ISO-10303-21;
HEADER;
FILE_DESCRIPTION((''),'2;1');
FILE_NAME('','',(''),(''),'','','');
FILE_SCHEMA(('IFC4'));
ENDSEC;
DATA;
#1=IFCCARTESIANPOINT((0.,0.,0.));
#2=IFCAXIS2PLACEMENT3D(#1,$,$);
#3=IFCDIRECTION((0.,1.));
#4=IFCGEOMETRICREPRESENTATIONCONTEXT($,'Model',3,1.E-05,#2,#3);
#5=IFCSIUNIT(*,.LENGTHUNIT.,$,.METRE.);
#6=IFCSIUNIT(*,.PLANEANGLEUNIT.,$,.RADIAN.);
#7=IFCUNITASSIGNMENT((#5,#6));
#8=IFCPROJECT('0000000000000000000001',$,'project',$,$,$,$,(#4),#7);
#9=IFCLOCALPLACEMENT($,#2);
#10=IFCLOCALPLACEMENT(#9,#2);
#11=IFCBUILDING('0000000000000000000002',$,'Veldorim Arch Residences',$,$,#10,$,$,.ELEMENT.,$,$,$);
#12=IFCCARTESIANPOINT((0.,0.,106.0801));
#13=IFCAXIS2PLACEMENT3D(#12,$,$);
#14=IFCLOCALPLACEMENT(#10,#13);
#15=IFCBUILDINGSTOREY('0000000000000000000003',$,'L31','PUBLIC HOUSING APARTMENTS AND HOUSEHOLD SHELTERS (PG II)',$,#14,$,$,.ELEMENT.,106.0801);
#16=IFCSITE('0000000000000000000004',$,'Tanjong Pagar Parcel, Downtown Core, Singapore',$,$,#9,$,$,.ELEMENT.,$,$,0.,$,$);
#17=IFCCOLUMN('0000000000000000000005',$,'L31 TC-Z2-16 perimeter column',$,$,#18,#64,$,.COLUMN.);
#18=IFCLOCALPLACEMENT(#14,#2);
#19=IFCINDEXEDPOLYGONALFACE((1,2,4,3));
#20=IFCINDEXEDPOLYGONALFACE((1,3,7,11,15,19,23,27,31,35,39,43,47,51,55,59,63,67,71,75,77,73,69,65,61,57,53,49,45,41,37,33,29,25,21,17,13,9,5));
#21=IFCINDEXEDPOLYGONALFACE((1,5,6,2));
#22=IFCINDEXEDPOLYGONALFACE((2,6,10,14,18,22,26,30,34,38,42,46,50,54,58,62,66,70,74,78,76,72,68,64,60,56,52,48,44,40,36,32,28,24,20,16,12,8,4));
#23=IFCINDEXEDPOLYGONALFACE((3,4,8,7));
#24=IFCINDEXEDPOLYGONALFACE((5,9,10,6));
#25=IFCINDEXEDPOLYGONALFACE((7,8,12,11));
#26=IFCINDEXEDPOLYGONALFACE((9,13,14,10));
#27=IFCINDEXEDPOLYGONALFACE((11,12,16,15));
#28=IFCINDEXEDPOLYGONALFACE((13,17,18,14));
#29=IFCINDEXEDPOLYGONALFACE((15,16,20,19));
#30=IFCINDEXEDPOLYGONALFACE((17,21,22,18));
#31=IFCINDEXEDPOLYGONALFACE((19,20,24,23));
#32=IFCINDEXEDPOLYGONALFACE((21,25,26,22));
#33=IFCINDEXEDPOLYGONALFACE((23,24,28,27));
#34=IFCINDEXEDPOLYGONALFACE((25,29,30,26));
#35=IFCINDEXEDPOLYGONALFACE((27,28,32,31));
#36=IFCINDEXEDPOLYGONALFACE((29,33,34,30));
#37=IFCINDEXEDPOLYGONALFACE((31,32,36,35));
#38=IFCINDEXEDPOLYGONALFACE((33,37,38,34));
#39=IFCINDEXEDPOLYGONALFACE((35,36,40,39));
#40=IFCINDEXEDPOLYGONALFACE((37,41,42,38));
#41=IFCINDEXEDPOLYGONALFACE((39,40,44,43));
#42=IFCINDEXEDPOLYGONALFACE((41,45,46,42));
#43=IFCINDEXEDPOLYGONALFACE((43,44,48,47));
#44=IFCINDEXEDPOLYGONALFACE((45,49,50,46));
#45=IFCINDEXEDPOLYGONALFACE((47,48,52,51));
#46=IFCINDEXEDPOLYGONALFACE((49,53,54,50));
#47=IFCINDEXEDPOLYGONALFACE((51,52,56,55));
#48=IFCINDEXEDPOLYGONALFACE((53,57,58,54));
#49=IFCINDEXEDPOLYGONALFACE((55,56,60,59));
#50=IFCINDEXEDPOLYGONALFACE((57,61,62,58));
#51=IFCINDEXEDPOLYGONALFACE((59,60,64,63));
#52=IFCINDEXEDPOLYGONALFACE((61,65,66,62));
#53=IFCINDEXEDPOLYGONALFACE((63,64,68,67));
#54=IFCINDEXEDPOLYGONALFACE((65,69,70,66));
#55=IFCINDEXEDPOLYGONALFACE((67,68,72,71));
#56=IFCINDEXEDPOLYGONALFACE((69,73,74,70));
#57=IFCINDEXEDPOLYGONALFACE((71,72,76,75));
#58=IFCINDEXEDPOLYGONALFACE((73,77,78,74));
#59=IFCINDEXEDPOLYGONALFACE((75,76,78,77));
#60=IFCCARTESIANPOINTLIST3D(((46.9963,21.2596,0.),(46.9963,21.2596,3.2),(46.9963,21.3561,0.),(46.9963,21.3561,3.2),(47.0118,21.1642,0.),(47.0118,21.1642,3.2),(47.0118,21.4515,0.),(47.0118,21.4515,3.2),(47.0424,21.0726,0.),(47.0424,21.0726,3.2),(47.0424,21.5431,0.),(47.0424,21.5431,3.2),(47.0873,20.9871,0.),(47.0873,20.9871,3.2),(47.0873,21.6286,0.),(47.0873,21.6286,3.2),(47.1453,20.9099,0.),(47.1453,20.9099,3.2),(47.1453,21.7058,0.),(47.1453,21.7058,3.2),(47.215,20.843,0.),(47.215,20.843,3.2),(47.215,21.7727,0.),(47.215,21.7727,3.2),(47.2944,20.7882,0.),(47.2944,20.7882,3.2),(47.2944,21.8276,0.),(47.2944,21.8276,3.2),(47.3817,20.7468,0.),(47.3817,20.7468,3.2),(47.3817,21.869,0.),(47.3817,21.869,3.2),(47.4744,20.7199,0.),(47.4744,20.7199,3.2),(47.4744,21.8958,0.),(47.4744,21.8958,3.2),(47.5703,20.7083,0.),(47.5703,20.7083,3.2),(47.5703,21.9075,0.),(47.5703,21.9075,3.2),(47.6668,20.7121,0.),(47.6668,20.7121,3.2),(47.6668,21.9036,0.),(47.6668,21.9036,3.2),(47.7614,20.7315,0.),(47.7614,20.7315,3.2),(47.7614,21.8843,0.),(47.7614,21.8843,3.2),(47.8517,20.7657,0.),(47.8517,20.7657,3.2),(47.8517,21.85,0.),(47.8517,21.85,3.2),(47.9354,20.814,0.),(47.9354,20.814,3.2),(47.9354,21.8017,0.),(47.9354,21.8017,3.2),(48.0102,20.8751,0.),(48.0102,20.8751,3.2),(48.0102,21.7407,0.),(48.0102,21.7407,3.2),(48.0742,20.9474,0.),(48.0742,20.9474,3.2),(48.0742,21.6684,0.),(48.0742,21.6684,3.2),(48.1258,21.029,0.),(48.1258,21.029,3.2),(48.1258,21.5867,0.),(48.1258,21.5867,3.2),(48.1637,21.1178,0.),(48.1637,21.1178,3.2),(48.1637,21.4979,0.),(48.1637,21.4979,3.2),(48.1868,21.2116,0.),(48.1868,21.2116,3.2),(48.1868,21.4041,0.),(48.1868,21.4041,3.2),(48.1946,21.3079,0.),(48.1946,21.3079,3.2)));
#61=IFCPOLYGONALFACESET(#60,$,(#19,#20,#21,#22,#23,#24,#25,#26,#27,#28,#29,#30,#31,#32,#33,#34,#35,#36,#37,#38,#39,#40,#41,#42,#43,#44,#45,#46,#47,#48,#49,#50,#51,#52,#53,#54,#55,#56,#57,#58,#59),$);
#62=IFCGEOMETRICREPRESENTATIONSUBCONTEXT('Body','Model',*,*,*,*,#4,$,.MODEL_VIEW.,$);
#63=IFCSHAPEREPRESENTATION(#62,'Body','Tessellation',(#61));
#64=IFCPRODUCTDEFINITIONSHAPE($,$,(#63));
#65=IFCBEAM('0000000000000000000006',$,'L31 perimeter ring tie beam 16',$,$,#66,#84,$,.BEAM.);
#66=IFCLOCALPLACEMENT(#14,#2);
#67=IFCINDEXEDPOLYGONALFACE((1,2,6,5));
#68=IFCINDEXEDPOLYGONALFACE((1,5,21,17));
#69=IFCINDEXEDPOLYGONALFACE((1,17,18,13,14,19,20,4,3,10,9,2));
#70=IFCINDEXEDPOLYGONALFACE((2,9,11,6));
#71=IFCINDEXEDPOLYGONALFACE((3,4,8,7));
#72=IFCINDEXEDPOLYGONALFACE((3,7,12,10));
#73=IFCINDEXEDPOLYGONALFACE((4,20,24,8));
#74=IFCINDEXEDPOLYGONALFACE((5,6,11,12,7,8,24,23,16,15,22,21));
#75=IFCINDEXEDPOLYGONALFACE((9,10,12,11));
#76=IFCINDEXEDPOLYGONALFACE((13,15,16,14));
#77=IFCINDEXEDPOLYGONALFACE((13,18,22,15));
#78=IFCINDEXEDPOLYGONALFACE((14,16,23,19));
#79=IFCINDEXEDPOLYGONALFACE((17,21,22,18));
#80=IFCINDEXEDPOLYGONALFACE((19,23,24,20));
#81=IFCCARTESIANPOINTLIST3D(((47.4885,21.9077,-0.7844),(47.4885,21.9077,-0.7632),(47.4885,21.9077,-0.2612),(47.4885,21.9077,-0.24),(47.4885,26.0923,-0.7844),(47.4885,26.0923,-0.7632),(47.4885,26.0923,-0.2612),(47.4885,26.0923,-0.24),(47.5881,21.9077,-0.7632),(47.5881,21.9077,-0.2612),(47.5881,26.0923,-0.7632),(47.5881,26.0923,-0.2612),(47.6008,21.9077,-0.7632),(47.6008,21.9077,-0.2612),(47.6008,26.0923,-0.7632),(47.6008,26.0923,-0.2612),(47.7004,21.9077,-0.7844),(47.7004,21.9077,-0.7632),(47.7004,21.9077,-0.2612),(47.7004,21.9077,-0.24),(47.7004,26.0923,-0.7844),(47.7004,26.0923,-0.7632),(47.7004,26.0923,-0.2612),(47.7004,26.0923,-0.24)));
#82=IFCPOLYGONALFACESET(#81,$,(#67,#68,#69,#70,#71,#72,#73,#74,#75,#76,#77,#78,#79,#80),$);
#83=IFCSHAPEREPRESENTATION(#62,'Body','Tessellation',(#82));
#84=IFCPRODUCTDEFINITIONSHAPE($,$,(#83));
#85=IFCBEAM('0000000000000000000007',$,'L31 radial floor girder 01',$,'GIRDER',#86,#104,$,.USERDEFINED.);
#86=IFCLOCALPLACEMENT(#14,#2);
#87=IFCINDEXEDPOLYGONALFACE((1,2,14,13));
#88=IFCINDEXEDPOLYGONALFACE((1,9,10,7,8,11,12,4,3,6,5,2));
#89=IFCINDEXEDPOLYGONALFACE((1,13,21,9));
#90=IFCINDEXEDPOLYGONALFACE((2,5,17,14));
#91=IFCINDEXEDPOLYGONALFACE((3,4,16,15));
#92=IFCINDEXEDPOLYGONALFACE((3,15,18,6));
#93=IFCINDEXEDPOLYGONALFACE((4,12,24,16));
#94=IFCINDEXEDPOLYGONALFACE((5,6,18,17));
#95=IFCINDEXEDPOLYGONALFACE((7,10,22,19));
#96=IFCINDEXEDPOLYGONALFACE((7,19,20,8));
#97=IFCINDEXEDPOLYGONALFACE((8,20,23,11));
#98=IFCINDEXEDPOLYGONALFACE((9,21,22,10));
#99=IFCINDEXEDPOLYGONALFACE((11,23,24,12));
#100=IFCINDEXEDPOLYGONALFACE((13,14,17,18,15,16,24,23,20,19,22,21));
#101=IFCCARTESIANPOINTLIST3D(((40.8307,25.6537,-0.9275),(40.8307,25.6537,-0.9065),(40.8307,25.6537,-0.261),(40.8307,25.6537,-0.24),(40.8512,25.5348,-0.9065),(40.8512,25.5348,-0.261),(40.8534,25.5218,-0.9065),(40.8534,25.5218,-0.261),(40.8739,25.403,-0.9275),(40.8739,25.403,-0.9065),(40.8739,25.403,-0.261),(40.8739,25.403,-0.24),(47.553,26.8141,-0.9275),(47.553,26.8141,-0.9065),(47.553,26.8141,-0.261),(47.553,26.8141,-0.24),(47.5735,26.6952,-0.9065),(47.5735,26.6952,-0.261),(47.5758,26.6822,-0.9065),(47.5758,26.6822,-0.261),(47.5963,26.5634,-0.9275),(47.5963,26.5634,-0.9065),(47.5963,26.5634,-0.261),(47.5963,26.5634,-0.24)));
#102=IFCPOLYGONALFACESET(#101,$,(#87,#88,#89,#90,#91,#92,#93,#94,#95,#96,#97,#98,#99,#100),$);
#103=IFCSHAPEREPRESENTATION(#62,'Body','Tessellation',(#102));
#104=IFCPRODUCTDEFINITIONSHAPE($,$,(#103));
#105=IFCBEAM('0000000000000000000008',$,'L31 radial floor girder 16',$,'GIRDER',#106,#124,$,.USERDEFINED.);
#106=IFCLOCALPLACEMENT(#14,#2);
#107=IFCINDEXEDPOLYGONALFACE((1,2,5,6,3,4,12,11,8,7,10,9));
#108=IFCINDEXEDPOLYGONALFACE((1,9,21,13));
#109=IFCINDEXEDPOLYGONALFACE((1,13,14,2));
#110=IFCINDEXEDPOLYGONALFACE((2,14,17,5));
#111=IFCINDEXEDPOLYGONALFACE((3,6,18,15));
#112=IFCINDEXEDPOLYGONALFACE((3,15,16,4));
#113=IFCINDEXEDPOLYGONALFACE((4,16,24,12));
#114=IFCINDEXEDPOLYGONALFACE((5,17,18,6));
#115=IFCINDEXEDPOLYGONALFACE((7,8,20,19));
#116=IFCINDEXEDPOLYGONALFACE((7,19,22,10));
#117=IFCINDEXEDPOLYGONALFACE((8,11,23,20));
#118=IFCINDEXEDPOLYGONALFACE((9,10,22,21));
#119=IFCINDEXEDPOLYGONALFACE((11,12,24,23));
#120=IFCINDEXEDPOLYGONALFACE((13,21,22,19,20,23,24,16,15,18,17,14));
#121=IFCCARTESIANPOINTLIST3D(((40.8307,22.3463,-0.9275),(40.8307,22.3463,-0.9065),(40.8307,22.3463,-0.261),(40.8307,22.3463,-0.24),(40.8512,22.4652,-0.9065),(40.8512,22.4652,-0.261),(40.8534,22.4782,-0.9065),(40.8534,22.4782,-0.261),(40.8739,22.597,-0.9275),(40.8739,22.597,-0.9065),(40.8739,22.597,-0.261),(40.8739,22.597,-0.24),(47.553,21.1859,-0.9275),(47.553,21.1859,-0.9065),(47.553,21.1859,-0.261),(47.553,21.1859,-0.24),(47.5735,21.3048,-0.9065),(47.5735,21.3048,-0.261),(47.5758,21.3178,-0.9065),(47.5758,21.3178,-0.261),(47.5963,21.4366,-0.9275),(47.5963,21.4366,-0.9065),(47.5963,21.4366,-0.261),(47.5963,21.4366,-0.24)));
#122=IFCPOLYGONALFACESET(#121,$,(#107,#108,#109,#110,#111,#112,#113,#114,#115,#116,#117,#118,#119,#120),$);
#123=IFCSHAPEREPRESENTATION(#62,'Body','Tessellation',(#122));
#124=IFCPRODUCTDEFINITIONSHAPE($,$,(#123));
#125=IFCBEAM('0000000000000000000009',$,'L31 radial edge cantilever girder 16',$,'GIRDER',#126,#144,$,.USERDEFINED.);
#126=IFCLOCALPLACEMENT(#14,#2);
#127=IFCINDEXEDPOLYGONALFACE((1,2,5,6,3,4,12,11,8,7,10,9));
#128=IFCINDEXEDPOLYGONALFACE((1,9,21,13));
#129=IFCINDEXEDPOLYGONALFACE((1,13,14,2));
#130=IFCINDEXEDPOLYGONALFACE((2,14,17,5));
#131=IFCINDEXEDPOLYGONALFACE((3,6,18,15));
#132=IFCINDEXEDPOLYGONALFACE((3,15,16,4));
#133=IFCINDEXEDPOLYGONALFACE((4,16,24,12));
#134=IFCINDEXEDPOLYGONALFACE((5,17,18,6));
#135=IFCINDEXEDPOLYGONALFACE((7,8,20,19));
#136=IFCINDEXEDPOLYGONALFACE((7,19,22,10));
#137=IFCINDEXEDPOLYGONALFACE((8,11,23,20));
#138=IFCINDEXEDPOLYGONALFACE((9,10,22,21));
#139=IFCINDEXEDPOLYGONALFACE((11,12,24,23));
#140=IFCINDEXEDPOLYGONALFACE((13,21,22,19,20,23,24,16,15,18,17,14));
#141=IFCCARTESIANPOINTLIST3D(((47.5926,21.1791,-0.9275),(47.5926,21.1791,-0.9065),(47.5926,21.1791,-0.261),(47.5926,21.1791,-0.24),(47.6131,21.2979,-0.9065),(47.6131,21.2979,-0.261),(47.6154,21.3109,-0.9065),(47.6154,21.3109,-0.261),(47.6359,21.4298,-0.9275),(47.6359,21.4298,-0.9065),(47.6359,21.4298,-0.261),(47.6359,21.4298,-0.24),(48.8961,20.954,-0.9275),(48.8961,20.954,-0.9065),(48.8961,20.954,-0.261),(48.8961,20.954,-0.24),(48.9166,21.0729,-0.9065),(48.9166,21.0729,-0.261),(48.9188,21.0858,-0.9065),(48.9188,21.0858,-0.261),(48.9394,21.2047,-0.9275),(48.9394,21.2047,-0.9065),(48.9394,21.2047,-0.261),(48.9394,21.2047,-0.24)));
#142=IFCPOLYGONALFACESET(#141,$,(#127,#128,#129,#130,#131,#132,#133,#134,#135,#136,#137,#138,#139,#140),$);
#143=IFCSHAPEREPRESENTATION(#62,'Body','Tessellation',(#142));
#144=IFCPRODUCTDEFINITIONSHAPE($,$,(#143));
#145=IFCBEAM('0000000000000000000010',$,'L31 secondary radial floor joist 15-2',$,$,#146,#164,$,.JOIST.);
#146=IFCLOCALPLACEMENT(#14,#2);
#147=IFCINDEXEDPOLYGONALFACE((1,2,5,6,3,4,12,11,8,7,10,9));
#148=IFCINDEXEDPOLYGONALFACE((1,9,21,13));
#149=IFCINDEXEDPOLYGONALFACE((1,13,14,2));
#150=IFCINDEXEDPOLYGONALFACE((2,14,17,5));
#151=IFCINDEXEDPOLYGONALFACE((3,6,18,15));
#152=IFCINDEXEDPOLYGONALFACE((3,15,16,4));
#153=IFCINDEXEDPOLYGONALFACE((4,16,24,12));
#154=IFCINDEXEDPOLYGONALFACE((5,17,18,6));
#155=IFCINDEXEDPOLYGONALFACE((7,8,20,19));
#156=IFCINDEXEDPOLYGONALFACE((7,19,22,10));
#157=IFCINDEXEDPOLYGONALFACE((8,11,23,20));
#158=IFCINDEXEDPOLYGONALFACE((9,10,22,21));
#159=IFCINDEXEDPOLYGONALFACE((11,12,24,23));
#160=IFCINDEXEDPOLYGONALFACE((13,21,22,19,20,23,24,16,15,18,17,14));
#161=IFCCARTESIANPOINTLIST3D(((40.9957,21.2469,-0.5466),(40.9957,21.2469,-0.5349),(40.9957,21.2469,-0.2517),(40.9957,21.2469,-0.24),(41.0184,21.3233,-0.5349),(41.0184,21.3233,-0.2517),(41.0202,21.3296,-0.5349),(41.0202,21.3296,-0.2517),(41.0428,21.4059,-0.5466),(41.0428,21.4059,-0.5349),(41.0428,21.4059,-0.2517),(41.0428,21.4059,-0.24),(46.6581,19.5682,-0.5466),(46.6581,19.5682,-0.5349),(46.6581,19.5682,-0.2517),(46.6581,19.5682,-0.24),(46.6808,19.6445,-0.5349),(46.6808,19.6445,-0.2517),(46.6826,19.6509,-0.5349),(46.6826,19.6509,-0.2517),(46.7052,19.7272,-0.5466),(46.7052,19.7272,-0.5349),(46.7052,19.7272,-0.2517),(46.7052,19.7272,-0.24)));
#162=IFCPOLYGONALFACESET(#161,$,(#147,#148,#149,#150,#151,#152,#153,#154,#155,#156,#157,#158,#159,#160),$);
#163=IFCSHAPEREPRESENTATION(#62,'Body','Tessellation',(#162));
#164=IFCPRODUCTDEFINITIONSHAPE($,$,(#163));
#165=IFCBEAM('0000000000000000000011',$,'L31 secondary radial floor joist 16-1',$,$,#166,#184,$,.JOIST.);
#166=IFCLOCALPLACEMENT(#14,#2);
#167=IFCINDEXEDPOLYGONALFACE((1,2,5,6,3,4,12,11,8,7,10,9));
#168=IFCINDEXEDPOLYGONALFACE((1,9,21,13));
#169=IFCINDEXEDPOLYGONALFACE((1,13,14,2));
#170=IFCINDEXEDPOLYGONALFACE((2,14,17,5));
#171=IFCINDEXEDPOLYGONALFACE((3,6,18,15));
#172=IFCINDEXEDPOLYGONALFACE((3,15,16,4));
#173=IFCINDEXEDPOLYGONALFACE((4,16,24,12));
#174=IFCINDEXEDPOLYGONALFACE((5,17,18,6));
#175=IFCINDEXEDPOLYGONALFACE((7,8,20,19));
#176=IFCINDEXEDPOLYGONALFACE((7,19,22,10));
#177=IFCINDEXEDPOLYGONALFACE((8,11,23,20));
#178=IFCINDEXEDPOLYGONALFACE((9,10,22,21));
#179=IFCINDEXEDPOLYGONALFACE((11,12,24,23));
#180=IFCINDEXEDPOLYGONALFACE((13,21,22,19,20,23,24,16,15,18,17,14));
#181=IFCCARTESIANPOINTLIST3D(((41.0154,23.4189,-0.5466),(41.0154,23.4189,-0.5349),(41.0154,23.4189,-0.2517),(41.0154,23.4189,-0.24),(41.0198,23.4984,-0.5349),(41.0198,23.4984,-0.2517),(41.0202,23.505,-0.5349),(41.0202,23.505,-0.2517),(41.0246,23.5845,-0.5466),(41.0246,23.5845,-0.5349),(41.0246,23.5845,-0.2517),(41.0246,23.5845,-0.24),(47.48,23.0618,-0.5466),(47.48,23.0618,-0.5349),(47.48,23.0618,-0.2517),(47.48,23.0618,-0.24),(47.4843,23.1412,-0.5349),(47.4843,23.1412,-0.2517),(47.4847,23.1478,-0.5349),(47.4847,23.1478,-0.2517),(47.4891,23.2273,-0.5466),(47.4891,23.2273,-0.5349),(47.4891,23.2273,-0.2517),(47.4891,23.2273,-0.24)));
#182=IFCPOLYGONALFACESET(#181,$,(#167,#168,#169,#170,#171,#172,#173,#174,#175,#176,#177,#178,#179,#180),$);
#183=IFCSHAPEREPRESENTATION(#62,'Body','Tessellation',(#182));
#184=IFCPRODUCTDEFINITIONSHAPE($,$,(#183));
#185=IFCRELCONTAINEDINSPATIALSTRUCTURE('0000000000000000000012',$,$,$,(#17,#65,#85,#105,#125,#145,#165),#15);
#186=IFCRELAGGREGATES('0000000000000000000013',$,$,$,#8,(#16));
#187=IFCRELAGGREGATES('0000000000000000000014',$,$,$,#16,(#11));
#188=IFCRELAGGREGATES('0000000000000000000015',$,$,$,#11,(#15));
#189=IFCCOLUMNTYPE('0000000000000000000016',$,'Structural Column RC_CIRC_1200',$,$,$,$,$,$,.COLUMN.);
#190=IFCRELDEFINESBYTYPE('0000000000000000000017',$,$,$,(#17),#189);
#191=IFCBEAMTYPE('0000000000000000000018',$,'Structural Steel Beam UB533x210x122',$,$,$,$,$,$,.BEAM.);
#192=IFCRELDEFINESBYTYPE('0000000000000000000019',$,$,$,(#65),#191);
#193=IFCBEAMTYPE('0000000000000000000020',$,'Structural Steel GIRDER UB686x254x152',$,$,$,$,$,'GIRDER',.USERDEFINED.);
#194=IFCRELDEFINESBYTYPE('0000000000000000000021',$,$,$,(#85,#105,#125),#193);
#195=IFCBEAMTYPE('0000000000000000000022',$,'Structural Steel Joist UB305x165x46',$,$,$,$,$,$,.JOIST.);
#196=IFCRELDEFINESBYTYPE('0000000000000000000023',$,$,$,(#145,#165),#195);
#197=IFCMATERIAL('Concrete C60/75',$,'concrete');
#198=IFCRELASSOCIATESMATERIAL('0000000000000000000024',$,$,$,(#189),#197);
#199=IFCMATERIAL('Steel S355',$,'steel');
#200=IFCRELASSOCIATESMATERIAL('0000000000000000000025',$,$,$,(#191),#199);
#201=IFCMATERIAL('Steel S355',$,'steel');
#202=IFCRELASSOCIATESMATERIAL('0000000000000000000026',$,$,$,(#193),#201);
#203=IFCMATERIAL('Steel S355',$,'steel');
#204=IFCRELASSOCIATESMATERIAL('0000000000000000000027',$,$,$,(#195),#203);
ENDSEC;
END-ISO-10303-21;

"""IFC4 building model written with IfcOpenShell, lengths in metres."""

from ifc_helpers import new_model, si_unit, direction, frame, origin, origin_2d, place, context, subcontext, project, spatial, circle, i_section, extrude, material, material_profile, profile_set, type_object, element, save


model = new_model("IFC4")

# Units and contexts
model_context = context("Model", 3, precision=1e-05, world=origin(), true_north=direction((0.0, 1.0)))
body_context = subcontext(model_context, "Body", "Model", "MODEL_VIEW")
ifc_project = project(units=[si_unit("LENGTHUNIT", "METRE"), si_unit("PLANEANGLEUNIT", "RADIAN")], contexts=[model_context])

# Site, building, storey
site_placement = place(None, origin())
site = spatial("IfcSite", under=ifc_project, at=site_placement, Name="Tanjong Pagar Parcel, Downtown Core, Singapore", CompositionType="ELEMENT", RefElevation=0.0)
building_placement = place(site_placement, origin())
building = spatial("IfcBuilding", under=site, at=building_placement, Name="Veldorim Arch Residences", CompositionType="ELEMENT")
storey_placement = place(building_placement, frame((0.0, 0.0, 106.0801)))
storey = spatial("IfcBuildingStorey", under=building, at=storey_placement, Name="L31", Description="PUBLIC HOUSING APARTMENTS AND HOUSEHOLD SHELTERS (PG II)", CompositionType="ELEMENT", Elevation=106.0801)

# Column
ifc_material_1 = material(Name="Concrete C60/75", Category="concrete")
ifc_material_profile_1 = material_profile(ifc_material_1, circle(Radius=0.6001, at=origin_2d()), Name="RC_CIRC_1200")
ifc_profile_set_1 = profile_set([ifc_material_profile_1], Name="Concrete C60/75")
column_type = type_object("IfcColumnType", Name="Structural Column RC_CIRC_1200", PredefinedType="COLUMN", material=ifc_profile_set_1)
column_placement = place(storey_placement, frame((47.5945, 21.3079, 0.0), z_axis=(0.0, 0.0, 1.0), x_axis=(1.0, 0.0, 0.0)))
element("IfcColumn", 1, at=column_placement, inside=storey, type_object=column_type, Name="L31 TC-Z2-16 perimeter column", PredefinedType="COLUMN", context=body_context, shape_type="SweptSolid", body=[
    extrude(circle(Radius=0.6001, at=origin_2d()), origin(), (0.0, 0.0, 1.0), 3.2),
])

# Beams
ifc_material_2 = material(Name="Steel S355", Category="steel")
ifc_material_profile_2 = material_profile(ifc_material_2, i_section(OverallWidth=0.2119, OverallDepth=0.5444, WebThickness=0.0127, FlangeThickness=0.0212, at=origin_2d()), Name="UB533x210x122")
ifc_profile_set_2 = profile_set([ifc_material_profile_2], Name="Steel S355")
beam_type_1 = type_object("IfcBeamType", Name="Structural Steel Beam UB533x210x122", PredefinedType="BEAM", material=ifc_profile_set_2)
beam_1_placement = place(storey_placement, frame((47.5945, 21.9077, -0.5122), z_axis=(0.0, 1.0, 0.0), x_axis=(-1.0, 0.0, 0.0)))
element("IfcBeam", 2, at=beam_1_placement, inside=storey, type_object=beam_type_1, Name="L31 perimeter ring tie beam 16", PredefinedType="BEAM", context=body_context, shape_type="SweptSolid", body=[
    extrude(i_section(OverallWidth=0.2119, OverallDepth=0.5444, WebThickness=0.0127, FlangeThickness=0.0212, at=origin_2d()), origin(), (0.0, 0.0, 1.0), 4.1846),
])
ifc_material_3 = material(Name="Steel S355", Category="steel")
ifc_material_profile_3 = material_profile(ifc_material_3, i_section(OverallWidth=0.2544, OverallDepth=0.6875, WebThickness=0.0132, FlangeThickness=0.021, at=origin_2d()), Name="UB686x254x152")
ifc_profile_set_3 = profile_set([ifc_material_profile_3], Name="Steel S355")
beam_type_2 = type_object("IfcBeamType", Name="Structural Steel GIRDER UB686x254x152", ElementType="GIRDER", PredefinedType="USERDEFINED", material=ifc_profile_set_3)
for number, where, z_axis, x_axis, name in (
    (3, (40.8523, 25.5283, -0.5837), (0.985427, 0.170101, 0.0), (-0.170101, 0.985427, 0.0), "L31 radial floor girder 01"),
    (4, (40.8523, 22.4717, -0.5837), (0.985427, -0.170101, 0.0), (0.170101, 0.985427, 0.0), "L31 radial floor girder 16"),
):
    element("IfcBeam", number, at=place(storey_placement, frame(where, z_axis=z_axis, x_axis=x_axis)), inside=storey, type_object=beam_type_2, Name=name, ObjectType="GIRDER", PredefinedType="USERDEFINED", context=body_context, shape_type="SweptSolid", body=[
        extrude(i_section(OverallWidth=0.2544, OverallDepth=0.6875, WebThickness=0.0132, FlangeThickness=0.021, at=origin_2d()), origin(), (0.0, 0.0, 1.0), 6.8218),
    ])
beam_2_placement = place(storey_placement, frame((47.6143, 21.3044, -0.5837), z_axis=(0.985414, -0.170173, 0.0), x_axis=(0.170173, 0.985414, 0.0)))
element("IfcBeam", 5, at=beam_2_placement, inside=storey, type_object=beam_type_2, Name="L31 radial edge cantilever girder 16", ObjectType="GIRDER", PredefinedType="USERDEFINED", context=body_context, shape_type="SweptSolid", body=[
    extrude(i_section(OverallWidth=0.2544, OverallDepth=0.6875, WebThickness=0.0132, FlangeThickness=0.021, at=origin_2d()), origin(), (0.0, 0.0, 1.0), 1.3228),
])
ifc_material_4 = material(Name="Steel S355", Category="steel")
ifc_material_profile_4 = material_profile(ifc_material_4, i_section(OverallWidth=0.1658, OverallDepth=0.3066, WebThickness=0.0066, FlangeThickness=0.0117, at=origin_2d()), Name="UB305x165x46")
ifc_profile_set_4 = profile_set([ifc_material_profile_4], Name="Steel S355")
beam_type_3 = type_object("IfcBeamType", Name="Structural Steel Joist UB305x165x46", PredefinedType="JOIST", material=ifc_profile_set_4)
beam_3_placement = place(storey_placement, frame((41.0193, 21.3264, -0.3933), z_axis=(0.958753, -0.28424, 0.0), x_axis=(0.28424, 0.958753, 0.0)))
element("IfcBeam", 6, at=beam_3_placement, inside=storey, type_object=beam_type_3, Name="L31 secondary radial floor joist 15-2", PredefinedType="JOIST", context=body_context, shape_type="SweptSolid", body=[
    extrude(i_section(OverallWidth=0.1658, OverallDepth=0.3066, WebThickness=0.0066, FlangeThickness=0.0117, at=origin_2d()), origin(), (0.0, 0.0, 1.0), 5.906),
])
for number, where, z_axis, x_axis, name in (
    (7, (41.02, 23.5017, -0.3933), (0.998477, -0.055167, 0.0), (0.055167, 0.998477, 0.0), "L31 secondary radial floor joist 16-1"),
):
    element("IfcBeam", number, at=place(storey_placement, frame(where, z_axis=z_axis, x_axis=x_axis)), inside=storey, type_object=beam_type_3, Name=name, PredefinedType="JOIST", context=body_context, shape_type="SweptSolid", body=[
        extrude(i_section(OverallWidth=0.1658, OverallDepth=0.3066, WebThickness=0.0066, FlangeThickness=0.0117, at=origin_2d()), origin(), (0.0, 0.0, 1.0), 6.4744),
    ])

save(model, "model.ifc")
